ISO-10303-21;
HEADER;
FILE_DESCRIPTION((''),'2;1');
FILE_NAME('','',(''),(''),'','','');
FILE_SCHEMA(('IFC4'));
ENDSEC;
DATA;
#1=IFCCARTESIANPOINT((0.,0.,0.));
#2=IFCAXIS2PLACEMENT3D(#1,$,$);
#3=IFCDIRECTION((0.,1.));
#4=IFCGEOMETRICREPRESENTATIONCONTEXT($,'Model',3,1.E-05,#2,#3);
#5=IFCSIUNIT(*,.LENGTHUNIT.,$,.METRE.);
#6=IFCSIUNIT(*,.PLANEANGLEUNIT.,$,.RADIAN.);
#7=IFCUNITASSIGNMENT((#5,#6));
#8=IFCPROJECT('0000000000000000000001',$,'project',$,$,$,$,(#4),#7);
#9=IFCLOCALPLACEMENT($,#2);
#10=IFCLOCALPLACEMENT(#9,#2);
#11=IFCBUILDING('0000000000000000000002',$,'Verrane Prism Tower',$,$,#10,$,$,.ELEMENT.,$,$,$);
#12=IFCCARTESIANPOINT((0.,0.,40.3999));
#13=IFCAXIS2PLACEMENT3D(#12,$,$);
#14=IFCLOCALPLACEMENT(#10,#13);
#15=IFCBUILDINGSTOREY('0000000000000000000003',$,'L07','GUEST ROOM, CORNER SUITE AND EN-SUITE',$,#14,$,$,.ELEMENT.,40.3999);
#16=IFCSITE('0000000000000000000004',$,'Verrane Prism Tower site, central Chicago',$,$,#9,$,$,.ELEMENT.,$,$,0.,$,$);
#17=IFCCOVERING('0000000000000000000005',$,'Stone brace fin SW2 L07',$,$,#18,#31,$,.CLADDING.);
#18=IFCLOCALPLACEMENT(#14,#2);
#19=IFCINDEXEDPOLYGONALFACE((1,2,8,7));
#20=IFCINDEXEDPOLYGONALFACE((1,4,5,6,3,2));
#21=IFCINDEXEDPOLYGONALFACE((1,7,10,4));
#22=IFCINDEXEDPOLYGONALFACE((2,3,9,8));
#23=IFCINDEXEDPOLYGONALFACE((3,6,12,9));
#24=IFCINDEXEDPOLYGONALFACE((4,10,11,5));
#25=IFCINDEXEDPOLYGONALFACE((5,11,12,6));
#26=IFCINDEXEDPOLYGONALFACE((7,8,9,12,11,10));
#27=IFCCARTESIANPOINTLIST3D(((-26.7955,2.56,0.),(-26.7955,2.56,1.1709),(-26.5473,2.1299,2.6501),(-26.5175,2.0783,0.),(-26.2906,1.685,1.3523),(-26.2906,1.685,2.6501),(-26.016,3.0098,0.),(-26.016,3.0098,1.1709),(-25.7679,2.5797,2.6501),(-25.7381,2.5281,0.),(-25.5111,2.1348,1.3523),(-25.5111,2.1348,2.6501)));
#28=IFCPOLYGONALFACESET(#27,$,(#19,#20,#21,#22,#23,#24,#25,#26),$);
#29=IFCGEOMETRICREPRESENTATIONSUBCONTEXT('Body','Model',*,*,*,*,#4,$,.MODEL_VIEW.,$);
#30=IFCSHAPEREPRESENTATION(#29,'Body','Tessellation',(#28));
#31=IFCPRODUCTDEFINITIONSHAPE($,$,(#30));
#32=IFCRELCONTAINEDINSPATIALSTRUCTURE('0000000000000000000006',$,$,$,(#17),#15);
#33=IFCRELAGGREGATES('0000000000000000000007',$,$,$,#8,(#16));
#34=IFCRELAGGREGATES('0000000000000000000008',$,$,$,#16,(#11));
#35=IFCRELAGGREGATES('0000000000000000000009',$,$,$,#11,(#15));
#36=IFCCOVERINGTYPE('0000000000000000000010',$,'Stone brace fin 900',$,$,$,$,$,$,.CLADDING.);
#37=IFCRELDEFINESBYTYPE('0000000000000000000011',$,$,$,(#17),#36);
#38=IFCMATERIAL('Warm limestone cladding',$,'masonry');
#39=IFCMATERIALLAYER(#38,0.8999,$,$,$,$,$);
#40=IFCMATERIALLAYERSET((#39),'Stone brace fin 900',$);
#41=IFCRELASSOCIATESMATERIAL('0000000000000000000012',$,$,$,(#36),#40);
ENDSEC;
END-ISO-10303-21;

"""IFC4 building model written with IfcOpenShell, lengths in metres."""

from ifc_helpers import new_model, si_unit, direction, frame, origin, place, context, subcontext, project, spatial, polyline, outline, extrude, material, layer, layer_set, type_object, element, save


model = new_model("IFC4")

# Units and contexts
model_context = context("Model", 3, precision=1e-05, world=origin(), true_north=direction((0.0, 1.0)))
body_context = subcontext(model_context, "Body", "Model", "MODEL_VIEW")
ifc_project = project(units=[si_unit("LENGTHUNIT", "METRE"), si_unit("PLANEANGLEUNIT", "RADIAN")], contexts=[model_context])

# Site, building, storey
site_placement = place(None, origin())
site = spatial("IfcSite", under=ifc_project, at=site_placement, Name="Verrane Prism Tower site, central Chicago", CompositionType="ELEMENT", RefElevation=0.0)
building_placement = place(site_placement, origin())
building = spatial("IfcBuilding", under=site, at=building_placement, Name="Verrane Prism Tower", CompositionType="ELEMENT")
storey_placement = place(building_placement, frame((0.0, 0.0, 40.3999)))
storey = spatial("IfcBuildingStorey", under=building, at=storey_placement, Name="L07", Description="GUEST ROOM, CORNER SUITE AND EN-SUITE", CompositionType="ELEMENT", Elevation=40.3999)

# Covering
ifc_material_1 = material(Name="Warm limestone cladding", Category="masonry")
ifc_layer_1 = layer(ifc_material_1, 0.8999)
ifc_layer_set_1 = layer_set([ifc_layer_1], Name="Stone brace fin 900")
covering_type = type_object("IfcCoveringType", Name="Stone brace fin 900", PredefinedType="CLADDING", material=ifc_layer_set_1)
covering_placement = place(storey_placement, frame((-26.4058, 2.7849, 0.0), z_axis=(0.0, 0.0, 1.0), x_axis=(0.499778, -0.866153, 0.0)))
element("IfcCovering", 1, at=covering_placement, inside=storey, type_object=covering_type, Name="Stone brace fin SW2 L07", PredefinedType="CLADDING", context=body_context, shape_type="SweptSolid", body=[
    extrude(outline(polyline([(1.0103, 2.6501), (0.4966, 2.6501), (0.0, 1.1709), (0.0, 0.0), (0.5562, 0.0), (1.0103, 1.3523), (1.0103, 2.6501)])), frame((0.0, 0.45, 0.0), z_axis=(0.0, -1.0, 0.0), x_axis=(1.0, 0.0, 0.0)), (0.0, 0.0, 1.0), 0.8999),
])

save(model, "model.ifc")
